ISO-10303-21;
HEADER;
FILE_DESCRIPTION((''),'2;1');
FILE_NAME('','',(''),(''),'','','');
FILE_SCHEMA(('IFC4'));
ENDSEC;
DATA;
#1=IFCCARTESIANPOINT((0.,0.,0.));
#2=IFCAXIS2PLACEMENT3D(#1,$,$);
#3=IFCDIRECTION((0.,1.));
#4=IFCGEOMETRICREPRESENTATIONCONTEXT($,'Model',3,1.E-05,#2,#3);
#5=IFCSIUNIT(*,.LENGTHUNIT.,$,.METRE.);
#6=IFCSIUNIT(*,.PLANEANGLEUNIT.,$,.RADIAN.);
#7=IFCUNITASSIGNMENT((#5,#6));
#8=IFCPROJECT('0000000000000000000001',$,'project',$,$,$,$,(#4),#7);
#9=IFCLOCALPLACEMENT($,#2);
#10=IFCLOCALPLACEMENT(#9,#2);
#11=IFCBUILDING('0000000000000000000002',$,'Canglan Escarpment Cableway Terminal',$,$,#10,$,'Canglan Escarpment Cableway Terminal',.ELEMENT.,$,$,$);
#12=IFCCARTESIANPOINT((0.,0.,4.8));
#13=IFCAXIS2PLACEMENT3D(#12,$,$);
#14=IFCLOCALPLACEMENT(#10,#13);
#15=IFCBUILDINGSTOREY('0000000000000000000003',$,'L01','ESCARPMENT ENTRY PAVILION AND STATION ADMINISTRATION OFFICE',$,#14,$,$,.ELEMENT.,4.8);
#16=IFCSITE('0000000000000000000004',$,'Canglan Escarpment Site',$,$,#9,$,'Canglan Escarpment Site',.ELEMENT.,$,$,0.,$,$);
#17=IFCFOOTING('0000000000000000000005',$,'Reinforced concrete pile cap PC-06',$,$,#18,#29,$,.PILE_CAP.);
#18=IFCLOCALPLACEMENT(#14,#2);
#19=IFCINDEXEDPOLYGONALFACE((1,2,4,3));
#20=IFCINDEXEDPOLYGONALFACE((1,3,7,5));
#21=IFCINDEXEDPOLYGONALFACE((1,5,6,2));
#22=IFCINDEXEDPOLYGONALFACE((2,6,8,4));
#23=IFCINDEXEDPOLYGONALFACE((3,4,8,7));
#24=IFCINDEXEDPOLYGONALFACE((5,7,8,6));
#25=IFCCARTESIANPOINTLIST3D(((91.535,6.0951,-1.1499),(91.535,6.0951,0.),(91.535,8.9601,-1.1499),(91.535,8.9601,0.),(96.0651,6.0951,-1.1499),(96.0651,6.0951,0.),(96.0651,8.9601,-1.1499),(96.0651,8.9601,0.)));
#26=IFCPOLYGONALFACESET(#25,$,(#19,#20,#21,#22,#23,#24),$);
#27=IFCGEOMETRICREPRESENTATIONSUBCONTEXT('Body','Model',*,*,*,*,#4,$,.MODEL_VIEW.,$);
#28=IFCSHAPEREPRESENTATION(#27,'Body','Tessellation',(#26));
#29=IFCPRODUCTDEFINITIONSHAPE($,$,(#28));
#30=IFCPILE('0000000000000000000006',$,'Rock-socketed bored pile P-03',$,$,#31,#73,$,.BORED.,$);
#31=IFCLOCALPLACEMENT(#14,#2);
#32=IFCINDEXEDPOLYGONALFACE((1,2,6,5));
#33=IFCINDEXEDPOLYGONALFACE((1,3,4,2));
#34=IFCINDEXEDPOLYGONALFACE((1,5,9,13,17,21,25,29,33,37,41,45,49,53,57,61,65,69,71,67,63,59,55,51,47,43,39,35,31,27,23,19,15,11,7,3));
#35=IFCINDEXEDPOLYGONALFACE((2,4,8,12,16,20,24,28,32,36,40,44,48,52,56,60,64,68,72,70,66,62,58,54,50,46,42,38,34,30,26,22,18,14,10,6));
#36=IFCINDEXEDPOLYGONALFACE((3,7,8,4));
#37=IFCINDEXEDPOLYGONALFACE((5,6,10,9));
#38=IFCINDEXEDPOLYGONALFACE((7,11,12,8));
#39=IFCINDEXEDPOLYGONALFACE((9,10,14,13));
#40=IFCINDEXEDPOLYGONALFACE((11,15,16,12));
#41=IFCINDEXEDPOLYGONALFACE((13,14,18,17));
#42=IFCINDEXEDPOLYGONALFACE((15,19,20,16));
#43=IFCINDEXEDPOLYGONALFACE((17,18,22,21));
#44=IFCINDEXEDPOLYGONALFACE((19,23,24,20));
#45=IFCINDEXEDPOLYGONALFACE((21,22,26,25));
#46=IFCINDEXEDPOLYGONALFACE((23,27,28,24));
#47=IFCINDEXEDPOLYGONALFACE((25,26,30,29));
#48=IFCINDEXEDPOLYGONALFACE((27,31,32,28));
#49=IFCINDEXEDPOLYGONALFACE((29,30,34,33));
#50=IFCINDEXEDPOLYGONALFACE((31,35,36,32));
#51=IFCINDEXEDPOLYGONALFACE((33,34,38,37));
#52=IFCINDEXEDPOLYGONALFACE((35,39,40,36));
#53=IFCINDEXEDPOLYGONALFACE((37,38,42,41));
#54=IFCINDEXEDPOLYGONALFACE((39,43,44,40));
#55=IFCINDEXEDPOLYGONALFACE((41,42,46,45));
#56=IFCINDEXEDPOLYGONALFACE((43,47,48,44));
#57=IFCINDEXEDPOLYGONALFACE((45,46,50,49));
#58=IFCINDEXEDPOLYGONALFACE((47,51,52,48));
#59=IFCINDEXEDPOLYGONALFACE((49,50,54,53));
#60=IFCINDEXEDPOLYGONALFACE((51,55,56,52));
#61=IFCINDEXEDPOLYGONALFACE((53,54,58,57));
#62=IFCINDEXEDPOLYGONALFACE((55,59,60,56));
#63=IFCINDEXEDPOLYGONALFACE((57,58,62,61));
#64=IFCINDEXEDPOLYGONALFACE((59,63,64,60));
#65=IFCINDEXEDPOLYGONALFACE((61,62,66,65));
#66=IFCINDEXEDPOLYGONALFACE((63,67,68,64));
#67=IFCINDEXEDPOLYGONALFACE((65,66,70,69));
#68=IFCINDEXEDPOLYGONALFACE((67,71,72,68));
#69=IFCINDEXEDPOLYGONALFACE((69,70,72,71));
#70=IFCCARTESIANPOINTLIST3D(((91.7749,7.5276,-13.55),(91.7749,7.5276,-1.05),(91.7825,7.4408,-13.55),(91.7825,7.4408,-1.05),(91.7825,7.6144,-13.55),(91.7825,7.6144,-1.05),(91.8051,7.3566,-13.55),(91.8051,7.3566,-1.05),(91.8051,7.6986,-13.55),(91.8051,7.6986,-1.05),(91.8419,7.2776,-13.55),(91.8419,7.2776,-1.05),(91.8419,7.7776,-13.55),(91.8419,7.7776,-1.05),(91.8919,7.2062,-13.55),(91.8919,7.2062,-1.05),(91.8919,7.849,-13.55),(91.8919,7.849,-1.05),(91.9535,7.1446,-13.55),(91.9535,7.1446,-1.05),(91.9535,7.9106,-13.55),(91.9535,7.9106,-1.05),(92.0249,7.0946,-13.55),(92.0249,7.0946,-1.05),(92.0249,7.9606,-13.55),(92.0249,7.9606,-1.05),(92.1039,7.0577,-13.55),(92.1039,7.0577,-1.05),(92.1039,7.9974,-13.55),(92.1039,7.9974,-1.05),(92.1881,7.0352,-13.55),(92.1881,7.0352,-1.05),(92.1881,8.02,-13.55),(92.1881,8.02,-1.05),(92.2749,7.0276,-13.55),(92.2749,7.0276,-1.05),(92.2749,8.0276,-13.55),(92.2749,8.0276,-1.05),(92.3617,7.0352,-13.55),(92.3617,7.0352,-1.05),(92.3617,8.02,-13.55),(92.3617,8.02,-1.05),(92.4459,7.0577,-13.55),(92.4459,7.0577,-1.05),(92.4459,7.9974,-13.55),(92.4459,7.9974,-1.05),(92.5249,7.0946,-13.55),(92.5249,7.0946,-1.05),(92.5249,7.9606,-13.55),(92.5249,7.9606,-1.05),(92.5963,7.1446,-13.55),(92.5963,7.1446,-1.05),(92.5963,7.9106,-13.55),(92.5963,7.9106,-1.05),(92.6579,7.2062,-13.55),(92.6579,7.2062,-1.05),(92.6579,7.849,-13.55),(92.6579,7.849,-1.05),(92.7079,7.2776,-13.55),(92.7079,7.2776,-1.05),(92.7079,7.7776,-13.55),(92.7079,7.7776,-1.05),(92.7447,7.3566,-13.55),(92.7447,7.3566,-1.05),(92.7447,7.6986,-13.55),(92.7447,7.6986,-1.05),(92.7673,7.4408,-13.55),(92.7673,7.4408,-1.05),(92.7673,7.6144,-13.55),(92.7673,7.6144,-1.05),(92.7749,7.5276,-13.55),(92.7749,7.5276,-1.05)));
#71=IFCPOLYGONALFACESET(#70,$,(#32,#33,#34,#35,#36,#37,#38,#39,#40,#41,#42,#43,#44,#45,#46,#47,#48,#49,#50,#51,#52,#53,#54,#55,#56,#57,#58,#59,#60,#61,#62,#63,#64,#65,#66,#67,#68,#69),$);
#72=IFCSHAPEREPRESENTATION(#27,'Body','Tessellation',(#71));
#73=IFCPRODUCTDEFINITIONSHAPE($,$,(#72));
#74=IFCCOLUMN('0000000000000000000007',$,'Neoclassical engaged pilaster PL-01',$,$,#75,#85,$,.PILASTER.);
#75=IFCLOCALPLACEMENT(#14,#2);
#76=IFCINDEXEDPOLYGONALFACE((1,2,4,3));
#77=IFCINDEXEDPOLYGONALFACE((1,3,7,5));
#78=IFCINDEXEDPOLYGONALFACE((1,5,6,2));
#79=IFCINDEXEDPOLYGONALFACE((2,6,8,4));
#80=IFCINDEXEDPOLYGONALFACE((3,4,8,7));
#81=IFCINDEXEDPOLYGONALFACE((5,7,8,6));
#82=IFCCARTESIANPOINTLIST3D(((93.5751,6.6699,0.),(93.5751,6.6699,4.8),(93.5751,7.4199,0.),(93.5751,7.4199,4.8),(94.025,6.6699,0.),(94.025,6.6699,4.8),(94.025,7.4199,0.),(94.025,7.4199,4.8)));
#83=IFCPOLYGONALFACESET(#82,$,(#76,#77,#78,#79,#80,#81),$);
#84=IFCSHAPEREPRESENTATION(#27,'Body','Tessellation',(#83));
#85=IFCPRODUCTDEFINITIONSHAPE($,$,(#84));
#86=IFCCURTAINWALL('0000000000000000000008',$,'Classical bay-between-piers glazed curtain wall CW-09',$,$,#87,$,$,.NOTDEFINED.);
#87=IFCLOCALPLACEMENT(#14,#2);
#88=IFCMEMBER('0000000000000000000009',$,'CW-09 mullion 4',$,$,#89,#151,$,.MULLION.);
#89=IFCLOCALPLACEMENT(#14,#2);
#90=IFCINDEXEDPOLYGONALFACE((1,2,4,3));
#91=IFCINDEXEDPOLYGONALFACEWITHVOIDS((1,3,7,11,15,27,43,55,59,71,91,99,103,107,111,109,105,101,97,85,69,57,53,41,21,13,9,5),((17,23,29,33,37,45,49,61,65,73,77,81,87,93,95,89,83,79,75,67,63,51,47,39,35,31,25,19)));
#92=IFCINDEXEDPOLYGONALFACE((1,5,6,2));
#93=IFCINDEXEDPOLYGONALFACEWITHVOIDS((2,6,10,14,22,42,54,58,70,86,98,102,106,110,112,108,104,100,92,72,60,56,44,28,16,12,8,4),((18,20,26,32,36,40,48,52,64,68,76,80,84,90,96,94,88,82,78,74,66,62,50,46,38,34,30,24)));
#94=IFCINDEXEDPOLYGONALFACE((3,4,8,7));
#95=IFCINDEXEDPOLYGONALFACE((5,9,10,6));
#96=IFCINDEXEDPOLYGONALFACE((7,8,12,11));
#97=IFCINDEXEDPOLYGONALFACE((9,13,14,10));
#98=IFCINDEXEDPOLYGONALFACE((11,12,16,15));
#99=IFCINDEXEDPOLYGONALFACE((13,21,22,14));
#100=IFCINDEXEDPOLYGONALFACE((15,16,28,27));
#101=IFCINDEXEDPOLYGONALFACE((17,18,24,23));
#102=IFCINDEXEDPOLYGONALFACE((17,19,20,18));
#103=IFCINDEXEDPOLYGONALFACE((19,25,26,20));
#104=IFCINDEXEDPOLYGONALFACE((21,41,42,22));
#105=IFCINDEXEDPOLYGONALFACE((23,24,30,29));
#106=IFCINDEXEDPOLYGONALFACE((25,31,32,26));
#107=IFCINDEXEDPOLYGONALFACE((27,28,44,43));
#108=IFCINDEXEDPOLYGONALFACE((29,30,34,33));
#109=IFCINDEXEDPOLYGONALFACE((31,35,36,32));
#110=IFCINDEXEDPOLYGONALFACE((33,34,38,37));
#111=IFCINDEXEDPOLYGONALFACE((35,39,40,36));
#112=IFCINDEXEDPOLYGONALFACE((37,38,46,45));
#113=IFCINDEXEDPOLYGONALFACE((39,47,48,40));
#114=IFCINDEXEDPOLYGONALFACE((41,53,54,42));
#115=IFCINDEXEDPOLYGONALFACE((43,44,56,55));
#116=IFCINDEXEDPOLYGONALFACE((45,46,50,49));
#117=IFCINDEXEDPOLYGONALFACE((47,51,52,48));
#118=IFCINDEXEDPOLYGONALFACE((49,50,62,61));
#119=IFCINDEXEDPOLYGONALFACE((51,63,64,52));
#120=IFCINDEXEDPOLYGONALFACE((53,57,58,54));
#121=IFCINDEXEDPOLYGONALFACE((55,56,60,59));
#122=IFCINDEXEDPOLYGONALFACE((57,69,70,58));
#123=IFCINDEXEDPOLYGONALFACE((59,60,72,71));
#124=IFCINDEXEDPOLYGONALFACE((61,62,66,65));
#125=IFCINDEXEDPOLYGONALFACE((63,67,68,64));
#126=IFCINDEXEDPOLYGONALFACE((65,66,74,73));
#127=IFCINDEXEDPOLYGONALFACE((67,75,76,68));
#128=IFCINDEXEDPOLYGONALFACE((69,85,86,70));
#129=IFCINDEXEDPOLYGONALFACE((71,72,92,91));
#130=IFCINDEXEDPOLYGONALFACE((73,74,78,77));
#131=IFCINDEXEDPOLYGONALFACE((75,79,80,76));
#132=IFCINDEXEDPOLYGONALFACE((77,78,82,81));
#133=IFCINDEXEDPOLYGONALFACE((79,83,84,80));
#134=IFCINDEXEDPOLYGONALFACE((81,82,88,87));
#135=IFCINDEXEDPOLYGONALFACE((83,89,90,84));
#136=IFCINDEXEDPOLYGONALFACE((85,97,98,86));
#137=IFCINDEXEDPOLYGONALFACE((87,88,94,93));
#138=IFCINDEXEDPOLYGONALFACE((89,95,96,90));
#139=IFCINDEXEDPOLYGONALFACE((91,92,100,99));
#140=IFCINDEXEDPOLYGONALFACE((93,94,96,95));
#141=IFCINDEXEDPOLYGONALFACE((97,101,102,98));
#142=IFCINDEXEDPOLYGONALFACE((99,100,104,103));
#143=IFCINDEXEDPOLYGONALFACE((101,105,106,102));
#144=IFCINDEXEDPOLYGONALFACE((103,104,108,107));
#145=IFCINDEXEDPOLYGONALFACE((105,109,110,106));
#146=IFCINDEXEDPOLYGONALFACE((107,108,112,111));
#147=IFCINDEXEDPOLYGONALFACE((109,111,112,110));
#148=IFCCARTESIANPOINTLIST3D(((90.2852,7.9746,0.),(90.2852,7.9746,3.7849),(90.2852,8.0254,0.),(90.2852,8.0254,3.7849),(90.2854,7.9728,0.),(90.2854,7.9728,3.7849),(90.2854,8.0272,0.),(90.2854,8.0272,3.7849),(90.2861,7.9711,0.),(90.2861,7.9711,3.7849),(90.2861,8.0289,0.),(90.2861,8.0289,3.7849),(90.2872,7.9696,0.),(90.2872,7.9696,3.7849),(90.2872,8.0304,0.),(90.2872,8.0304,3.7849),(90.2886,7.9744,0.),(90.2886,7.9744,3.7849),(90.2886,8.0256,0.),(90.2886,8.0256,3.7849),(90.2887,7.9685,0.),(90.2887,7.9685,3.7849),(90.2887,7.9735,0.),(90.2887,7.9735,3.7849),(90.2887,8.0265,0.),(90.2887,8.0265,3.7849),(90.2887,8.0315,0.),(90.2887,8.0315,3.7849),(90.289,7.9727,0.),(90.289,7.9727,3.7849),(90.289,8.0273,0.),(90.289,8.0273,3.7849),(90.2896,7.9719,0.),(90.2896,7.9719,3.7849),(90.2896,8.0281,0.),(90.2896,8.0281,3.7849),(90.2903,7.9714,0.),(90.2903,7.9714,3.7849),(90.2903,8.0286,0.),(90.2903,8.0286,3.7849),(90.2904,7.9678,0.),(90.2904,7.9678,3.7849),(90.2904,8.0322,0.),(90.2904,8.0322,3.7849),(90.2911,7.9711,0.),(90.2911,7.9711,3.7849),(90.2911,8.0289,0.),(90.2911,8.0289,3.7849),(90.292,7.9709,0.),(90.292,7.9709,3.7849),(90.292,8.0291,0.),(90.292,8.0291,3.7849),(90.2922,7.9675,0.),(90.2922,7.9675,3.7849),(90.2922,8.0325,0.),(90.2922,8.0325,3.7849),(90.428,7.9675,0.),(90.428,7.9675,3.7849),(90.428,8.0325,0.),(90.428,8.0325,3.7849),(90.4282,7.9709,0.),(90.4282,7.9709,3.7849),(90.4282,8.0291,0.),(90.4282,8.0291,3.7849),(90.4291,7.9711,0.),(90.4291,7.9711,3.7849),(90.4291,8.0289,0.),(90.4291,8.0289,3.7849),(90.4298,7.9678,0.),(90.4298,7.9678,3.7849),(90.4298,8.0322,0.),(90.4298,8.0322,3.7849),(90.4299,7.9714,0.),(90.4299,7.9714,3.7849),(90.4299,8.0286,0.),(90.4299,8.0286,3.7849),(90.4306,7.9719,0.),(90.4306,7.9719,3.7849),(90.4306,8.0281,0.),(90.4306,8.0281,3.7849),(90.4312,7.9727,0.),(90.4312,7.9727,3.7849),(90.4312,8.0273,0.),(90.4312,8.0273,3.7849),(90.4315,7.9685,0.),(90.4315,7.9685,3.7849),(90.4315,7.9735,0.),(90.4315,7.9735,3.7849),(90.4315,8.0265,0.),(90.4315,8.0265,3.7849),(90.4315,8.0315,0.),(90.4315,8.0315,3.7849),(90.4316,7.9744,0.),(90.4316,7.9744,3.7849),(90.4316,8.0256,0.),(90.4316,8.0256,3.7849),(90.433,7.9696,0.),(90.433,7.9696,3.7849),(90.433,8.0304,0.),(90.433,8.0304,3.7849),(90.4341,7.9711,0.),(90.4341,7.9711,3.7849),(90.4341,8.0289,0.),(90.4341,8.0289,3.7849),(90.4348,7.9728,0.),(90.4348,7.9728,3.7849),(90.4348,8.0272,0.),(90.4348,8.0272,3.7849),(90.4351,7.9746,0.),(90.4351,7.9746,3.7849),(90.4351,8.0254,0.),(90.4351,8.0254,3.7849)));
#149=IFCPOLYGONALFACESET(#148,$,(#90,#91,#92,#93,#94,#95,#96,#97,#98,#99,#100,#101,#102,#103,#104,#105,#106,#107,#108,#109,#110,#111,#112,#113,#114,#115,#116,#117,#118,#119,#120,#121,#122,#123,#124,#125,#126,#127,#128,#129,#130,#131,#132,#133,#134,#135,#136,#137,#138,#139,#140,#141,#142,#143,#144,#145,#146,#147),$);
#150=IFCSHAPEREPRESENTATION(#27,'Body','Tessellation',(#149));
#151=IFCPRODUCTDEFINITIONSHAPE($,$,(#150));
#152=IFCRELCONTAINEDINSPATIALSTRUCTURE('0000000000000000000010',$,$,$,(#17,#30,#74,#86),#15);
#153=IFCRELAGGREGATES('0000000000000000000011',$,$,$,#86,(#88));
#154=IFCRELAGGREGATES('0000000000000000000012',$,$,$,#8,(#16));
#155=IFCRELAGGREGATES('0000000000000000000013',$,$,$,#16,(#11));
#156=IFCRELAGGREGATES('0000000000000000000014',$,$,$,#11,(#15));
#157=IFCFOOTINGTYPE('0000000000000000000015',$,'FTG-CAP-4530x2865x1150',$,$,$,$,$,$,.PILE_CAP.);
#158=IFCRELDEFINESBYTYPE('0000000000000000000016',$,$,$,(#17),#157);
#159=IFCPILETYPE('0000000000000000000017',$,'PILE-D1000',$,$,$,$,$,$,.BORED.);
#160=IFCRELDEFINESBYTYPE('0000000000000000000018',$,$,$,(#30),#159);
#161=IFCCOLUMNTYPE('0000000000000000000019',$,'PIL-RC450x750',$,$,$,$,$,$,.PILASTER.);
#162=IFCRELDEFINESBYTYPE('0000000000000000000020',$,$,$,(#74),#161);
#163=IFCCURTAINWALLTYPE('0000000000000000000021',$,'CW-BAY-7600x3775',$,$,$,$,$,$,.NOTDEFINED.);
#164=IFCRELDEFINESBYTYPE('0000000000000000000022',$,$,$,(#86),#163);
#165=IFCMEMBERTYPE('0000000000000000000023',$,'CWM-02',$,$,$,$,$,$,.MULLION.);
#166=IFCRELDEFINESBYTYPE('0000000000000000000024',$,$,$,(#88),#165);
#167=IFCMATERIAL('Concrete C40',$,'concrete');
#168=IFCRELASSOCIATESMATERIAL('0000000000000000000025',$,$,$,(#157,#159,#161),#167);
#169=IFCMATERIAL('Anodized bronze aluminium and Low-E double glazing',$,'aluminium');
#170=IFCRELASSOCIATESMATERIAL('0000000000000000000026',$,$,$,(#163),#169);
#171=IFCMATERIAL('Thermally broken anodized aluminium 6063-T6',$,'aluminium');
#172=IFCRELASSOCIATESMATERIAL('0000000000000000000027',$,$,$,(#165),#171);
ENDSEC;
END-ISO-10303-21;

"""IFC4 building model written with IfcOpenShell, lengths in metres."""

from ifc_helpers import new_model, si_unit, direction, frame, origin, origin_2d, place, context, subcontext, project, spatial, rectangle, hollow_rectangle, circle, extrude, material, material_profile, profile_set, type_object, element, aggregate, save


model = new_model("IFC4")

# Units and contexts
model_context = context("Model", 3, precision=1e-05, world=origin(), true_north=direction((0.0, 1.0)))
body_context = subcontext(model_context, "Body", "Model", "MODEL_VIEW")
ifc_project = project(units=[si_unit("LENGTHUNIT", "METRE"), si_unit("PLANEANGLEUNIT", "RADIAN")], contexts=[model_context])

# Site, building, storey
site_placement = place(None, origin())
site = spatial("IfcSite", under=ifc_project, at=site_placement, Name="Canglan Escarpment Site", LongName="Canglan Escarpment Site", CompositionType="ELEMENT", RefElevation=0.0)
building_placement = place(site_placement, origin())
building = spatial("IfcBuilding", under=site, at=building_placement, Name="Canglan Escarpment Cableway Terminal", LongName="Canglan Escarpment Cableway Terminal", CompositionType="ELEMENT")
storey_placement = place(building_placement, frame((0.0, 0.0, 4.8)))
storey = spatial("IfcBuildingStorey", under=building, at=storey_placement, Name="L01", Description="ESCARPMENT ENTRY PAVILION AND STATION ADMINISTRATION OFFICE", CompositionType="ELEMENT", Elevation=4.8)

# Footing
ifc_material_1 = material(Name="Concrete C40", Category="concrete")
footing_type = type_object("IfcFootingType", Name="FTG-CAP-4530x2865x1150", PredefinedType="PILE_CAP", material=ifc_material_1)
footing_placement = place(storey_placement, frame((93.8, 7.5276, -1.1499), z_axis=(0.0, 0.0, 1.0), x_axis=(1.0, 0.0, 0.0)))
element("IfcFooting", 1, at=footing_placement, inside=storey, type_object=footing_type, Name="Reinforced concrete pile cap PC-06", PredefinedType="PILE_CAP", context=body_context, shape_type="SweptSolid", body=[
    extrude(rectangle(XDim=4.53, YDim=2.865, at=origin_2d()), origin(), (0.0, 0.0, 1.0), 1.1499),
])

# Pile
ifc_material_profile_1 = material_profile(ifc_material_1, circle(Radius=0.5, at=origin_2d()), Name="BORED PILE D1000")
ifc_profile_set_1 = profile_set([ifc_material_profile_1], Name="Concrete C40")
pile_type = type_object("IfcPileType", Name="PILE-D1000", PredefinedType="BORED", material=ifc_profile_set_1)
pile_placement = place(storey_placement, frame((92.2749, 7.5276, -1.05), z_axis=(0.0, 0.0, -1.0), x_axis=(1.0, 0.0, 0.0)))
element("IfcPile", 2, at=pile_placement, inside=storey, type_object=pile_type, Name="Rock-socketed bored pile P-03", PredefinedType="BORED", context=body_context, shape_type="SweptSolid", body=[
    extrude(circle(Radius=0.5, at=origin_2d()), origin(), (0.0, 0.0, 1.0), 12.5),
])

# Column
ifc_material_profile_2 = material_profile(ifc_material_1, rectangle(XDim=0.45, YDim=0.75, at=origin_2d()), Name="RC-PIL 450x750")
ifc_profile_set_2 = profile_set([ifc_material_profile_2], Name="Concrete C40")
column_type = type_object("IfcColumnType", Name="PIL-RC450x750", PredefinedType="PILASTER", material=ifc_profile_set_2)
column_placement = place(storey_placement, frame((93.8, 7.0449, 0.0), z_axis=(0.0, 0.0, 1.0), x_axis=(1.0, 0.0, 0.0)))
element("IfcColumn", 3, at=column_placement, inside=storey, type_object=column_type, Name="Neoclassical engaged pilaster PL-01", PredefinedType="PILASTER", context=body_context, shape_type="SweptSolid", body=[
    extrude(rectangle(XDim=0.45, YDim=0.75, at=origin_2d()), origin(), (0.0, 0.0, 1.0), 4.8),
])

# Curtain wall, member
ifc_material_2 = material(Name="Anodized bronze aluminium and Low-E double glazing", Category="aluminium")
curtain_wall_type = type_object("IfcCurtainWallType", Name="CW-BAY-7600x3775", PredefinedType="NOTDEFINED", material=ifc_material_2)
curtain_wall_placement = place(storey_placement, origin())
curtain_wall = element("IfcCurtainWall", 4, at=curtain_wall_placement, inside=storey, type_object=curtain_wall_type, Name="Classical bay-between-piers glazed curtain wall CW-09", PredefinedType="NOTDEFINED")
ifc_material_3 = material(Name="Thermally broken anodized aluminium 6063-T6", Category="aluminium")
ifc_material_profile_3 = material_profile(ifc_material_3, hollow_rectangle(XDim=0.0649, YDim=0.1499, WallThickness=0.0034, InnerFilletRadius=0.0034, OuterFilletRadius=0.0071, at=origin_2d()), Name="ALU-MULL 65x150x3.5")
ifc_profile_set_3 = profile_set([ifc_material_profile_3], Name="Thermally broken anodized aluminium 6063-T6")
member_type_1 = type_object("IfcMemberType", Name="CWM-02", PredefinedType="MULLION", material=ifc_profile_set_3)
member_1_placement = place(storey_placement, frame((90.3601, 8.0, 0.0), z_axis=(0.0, 0.0, 1.0), x_axis=(0.0, 1.0, 0.0)))
member_1 = element("IfcMember", 5, at=member_1_placement, type_object=member_type_1, Name="CW-09 mullion 4", PredefinedType="MULLION", context=body_context, shape_type="SweptSolid", body=[
    extrude(hollow_rectangle(XDim=0.0649, YDim=0.1499, WallThickness=0.0034, InnerFilletRadius=0.0034, OuterFilletRadius=0.0071, at=origin_2d()), origin(), (0.0, 0.0, 1.0), 3.7849),
])
aggregate(curtain_wall, [member_1])

save(model, "model.ifc")
